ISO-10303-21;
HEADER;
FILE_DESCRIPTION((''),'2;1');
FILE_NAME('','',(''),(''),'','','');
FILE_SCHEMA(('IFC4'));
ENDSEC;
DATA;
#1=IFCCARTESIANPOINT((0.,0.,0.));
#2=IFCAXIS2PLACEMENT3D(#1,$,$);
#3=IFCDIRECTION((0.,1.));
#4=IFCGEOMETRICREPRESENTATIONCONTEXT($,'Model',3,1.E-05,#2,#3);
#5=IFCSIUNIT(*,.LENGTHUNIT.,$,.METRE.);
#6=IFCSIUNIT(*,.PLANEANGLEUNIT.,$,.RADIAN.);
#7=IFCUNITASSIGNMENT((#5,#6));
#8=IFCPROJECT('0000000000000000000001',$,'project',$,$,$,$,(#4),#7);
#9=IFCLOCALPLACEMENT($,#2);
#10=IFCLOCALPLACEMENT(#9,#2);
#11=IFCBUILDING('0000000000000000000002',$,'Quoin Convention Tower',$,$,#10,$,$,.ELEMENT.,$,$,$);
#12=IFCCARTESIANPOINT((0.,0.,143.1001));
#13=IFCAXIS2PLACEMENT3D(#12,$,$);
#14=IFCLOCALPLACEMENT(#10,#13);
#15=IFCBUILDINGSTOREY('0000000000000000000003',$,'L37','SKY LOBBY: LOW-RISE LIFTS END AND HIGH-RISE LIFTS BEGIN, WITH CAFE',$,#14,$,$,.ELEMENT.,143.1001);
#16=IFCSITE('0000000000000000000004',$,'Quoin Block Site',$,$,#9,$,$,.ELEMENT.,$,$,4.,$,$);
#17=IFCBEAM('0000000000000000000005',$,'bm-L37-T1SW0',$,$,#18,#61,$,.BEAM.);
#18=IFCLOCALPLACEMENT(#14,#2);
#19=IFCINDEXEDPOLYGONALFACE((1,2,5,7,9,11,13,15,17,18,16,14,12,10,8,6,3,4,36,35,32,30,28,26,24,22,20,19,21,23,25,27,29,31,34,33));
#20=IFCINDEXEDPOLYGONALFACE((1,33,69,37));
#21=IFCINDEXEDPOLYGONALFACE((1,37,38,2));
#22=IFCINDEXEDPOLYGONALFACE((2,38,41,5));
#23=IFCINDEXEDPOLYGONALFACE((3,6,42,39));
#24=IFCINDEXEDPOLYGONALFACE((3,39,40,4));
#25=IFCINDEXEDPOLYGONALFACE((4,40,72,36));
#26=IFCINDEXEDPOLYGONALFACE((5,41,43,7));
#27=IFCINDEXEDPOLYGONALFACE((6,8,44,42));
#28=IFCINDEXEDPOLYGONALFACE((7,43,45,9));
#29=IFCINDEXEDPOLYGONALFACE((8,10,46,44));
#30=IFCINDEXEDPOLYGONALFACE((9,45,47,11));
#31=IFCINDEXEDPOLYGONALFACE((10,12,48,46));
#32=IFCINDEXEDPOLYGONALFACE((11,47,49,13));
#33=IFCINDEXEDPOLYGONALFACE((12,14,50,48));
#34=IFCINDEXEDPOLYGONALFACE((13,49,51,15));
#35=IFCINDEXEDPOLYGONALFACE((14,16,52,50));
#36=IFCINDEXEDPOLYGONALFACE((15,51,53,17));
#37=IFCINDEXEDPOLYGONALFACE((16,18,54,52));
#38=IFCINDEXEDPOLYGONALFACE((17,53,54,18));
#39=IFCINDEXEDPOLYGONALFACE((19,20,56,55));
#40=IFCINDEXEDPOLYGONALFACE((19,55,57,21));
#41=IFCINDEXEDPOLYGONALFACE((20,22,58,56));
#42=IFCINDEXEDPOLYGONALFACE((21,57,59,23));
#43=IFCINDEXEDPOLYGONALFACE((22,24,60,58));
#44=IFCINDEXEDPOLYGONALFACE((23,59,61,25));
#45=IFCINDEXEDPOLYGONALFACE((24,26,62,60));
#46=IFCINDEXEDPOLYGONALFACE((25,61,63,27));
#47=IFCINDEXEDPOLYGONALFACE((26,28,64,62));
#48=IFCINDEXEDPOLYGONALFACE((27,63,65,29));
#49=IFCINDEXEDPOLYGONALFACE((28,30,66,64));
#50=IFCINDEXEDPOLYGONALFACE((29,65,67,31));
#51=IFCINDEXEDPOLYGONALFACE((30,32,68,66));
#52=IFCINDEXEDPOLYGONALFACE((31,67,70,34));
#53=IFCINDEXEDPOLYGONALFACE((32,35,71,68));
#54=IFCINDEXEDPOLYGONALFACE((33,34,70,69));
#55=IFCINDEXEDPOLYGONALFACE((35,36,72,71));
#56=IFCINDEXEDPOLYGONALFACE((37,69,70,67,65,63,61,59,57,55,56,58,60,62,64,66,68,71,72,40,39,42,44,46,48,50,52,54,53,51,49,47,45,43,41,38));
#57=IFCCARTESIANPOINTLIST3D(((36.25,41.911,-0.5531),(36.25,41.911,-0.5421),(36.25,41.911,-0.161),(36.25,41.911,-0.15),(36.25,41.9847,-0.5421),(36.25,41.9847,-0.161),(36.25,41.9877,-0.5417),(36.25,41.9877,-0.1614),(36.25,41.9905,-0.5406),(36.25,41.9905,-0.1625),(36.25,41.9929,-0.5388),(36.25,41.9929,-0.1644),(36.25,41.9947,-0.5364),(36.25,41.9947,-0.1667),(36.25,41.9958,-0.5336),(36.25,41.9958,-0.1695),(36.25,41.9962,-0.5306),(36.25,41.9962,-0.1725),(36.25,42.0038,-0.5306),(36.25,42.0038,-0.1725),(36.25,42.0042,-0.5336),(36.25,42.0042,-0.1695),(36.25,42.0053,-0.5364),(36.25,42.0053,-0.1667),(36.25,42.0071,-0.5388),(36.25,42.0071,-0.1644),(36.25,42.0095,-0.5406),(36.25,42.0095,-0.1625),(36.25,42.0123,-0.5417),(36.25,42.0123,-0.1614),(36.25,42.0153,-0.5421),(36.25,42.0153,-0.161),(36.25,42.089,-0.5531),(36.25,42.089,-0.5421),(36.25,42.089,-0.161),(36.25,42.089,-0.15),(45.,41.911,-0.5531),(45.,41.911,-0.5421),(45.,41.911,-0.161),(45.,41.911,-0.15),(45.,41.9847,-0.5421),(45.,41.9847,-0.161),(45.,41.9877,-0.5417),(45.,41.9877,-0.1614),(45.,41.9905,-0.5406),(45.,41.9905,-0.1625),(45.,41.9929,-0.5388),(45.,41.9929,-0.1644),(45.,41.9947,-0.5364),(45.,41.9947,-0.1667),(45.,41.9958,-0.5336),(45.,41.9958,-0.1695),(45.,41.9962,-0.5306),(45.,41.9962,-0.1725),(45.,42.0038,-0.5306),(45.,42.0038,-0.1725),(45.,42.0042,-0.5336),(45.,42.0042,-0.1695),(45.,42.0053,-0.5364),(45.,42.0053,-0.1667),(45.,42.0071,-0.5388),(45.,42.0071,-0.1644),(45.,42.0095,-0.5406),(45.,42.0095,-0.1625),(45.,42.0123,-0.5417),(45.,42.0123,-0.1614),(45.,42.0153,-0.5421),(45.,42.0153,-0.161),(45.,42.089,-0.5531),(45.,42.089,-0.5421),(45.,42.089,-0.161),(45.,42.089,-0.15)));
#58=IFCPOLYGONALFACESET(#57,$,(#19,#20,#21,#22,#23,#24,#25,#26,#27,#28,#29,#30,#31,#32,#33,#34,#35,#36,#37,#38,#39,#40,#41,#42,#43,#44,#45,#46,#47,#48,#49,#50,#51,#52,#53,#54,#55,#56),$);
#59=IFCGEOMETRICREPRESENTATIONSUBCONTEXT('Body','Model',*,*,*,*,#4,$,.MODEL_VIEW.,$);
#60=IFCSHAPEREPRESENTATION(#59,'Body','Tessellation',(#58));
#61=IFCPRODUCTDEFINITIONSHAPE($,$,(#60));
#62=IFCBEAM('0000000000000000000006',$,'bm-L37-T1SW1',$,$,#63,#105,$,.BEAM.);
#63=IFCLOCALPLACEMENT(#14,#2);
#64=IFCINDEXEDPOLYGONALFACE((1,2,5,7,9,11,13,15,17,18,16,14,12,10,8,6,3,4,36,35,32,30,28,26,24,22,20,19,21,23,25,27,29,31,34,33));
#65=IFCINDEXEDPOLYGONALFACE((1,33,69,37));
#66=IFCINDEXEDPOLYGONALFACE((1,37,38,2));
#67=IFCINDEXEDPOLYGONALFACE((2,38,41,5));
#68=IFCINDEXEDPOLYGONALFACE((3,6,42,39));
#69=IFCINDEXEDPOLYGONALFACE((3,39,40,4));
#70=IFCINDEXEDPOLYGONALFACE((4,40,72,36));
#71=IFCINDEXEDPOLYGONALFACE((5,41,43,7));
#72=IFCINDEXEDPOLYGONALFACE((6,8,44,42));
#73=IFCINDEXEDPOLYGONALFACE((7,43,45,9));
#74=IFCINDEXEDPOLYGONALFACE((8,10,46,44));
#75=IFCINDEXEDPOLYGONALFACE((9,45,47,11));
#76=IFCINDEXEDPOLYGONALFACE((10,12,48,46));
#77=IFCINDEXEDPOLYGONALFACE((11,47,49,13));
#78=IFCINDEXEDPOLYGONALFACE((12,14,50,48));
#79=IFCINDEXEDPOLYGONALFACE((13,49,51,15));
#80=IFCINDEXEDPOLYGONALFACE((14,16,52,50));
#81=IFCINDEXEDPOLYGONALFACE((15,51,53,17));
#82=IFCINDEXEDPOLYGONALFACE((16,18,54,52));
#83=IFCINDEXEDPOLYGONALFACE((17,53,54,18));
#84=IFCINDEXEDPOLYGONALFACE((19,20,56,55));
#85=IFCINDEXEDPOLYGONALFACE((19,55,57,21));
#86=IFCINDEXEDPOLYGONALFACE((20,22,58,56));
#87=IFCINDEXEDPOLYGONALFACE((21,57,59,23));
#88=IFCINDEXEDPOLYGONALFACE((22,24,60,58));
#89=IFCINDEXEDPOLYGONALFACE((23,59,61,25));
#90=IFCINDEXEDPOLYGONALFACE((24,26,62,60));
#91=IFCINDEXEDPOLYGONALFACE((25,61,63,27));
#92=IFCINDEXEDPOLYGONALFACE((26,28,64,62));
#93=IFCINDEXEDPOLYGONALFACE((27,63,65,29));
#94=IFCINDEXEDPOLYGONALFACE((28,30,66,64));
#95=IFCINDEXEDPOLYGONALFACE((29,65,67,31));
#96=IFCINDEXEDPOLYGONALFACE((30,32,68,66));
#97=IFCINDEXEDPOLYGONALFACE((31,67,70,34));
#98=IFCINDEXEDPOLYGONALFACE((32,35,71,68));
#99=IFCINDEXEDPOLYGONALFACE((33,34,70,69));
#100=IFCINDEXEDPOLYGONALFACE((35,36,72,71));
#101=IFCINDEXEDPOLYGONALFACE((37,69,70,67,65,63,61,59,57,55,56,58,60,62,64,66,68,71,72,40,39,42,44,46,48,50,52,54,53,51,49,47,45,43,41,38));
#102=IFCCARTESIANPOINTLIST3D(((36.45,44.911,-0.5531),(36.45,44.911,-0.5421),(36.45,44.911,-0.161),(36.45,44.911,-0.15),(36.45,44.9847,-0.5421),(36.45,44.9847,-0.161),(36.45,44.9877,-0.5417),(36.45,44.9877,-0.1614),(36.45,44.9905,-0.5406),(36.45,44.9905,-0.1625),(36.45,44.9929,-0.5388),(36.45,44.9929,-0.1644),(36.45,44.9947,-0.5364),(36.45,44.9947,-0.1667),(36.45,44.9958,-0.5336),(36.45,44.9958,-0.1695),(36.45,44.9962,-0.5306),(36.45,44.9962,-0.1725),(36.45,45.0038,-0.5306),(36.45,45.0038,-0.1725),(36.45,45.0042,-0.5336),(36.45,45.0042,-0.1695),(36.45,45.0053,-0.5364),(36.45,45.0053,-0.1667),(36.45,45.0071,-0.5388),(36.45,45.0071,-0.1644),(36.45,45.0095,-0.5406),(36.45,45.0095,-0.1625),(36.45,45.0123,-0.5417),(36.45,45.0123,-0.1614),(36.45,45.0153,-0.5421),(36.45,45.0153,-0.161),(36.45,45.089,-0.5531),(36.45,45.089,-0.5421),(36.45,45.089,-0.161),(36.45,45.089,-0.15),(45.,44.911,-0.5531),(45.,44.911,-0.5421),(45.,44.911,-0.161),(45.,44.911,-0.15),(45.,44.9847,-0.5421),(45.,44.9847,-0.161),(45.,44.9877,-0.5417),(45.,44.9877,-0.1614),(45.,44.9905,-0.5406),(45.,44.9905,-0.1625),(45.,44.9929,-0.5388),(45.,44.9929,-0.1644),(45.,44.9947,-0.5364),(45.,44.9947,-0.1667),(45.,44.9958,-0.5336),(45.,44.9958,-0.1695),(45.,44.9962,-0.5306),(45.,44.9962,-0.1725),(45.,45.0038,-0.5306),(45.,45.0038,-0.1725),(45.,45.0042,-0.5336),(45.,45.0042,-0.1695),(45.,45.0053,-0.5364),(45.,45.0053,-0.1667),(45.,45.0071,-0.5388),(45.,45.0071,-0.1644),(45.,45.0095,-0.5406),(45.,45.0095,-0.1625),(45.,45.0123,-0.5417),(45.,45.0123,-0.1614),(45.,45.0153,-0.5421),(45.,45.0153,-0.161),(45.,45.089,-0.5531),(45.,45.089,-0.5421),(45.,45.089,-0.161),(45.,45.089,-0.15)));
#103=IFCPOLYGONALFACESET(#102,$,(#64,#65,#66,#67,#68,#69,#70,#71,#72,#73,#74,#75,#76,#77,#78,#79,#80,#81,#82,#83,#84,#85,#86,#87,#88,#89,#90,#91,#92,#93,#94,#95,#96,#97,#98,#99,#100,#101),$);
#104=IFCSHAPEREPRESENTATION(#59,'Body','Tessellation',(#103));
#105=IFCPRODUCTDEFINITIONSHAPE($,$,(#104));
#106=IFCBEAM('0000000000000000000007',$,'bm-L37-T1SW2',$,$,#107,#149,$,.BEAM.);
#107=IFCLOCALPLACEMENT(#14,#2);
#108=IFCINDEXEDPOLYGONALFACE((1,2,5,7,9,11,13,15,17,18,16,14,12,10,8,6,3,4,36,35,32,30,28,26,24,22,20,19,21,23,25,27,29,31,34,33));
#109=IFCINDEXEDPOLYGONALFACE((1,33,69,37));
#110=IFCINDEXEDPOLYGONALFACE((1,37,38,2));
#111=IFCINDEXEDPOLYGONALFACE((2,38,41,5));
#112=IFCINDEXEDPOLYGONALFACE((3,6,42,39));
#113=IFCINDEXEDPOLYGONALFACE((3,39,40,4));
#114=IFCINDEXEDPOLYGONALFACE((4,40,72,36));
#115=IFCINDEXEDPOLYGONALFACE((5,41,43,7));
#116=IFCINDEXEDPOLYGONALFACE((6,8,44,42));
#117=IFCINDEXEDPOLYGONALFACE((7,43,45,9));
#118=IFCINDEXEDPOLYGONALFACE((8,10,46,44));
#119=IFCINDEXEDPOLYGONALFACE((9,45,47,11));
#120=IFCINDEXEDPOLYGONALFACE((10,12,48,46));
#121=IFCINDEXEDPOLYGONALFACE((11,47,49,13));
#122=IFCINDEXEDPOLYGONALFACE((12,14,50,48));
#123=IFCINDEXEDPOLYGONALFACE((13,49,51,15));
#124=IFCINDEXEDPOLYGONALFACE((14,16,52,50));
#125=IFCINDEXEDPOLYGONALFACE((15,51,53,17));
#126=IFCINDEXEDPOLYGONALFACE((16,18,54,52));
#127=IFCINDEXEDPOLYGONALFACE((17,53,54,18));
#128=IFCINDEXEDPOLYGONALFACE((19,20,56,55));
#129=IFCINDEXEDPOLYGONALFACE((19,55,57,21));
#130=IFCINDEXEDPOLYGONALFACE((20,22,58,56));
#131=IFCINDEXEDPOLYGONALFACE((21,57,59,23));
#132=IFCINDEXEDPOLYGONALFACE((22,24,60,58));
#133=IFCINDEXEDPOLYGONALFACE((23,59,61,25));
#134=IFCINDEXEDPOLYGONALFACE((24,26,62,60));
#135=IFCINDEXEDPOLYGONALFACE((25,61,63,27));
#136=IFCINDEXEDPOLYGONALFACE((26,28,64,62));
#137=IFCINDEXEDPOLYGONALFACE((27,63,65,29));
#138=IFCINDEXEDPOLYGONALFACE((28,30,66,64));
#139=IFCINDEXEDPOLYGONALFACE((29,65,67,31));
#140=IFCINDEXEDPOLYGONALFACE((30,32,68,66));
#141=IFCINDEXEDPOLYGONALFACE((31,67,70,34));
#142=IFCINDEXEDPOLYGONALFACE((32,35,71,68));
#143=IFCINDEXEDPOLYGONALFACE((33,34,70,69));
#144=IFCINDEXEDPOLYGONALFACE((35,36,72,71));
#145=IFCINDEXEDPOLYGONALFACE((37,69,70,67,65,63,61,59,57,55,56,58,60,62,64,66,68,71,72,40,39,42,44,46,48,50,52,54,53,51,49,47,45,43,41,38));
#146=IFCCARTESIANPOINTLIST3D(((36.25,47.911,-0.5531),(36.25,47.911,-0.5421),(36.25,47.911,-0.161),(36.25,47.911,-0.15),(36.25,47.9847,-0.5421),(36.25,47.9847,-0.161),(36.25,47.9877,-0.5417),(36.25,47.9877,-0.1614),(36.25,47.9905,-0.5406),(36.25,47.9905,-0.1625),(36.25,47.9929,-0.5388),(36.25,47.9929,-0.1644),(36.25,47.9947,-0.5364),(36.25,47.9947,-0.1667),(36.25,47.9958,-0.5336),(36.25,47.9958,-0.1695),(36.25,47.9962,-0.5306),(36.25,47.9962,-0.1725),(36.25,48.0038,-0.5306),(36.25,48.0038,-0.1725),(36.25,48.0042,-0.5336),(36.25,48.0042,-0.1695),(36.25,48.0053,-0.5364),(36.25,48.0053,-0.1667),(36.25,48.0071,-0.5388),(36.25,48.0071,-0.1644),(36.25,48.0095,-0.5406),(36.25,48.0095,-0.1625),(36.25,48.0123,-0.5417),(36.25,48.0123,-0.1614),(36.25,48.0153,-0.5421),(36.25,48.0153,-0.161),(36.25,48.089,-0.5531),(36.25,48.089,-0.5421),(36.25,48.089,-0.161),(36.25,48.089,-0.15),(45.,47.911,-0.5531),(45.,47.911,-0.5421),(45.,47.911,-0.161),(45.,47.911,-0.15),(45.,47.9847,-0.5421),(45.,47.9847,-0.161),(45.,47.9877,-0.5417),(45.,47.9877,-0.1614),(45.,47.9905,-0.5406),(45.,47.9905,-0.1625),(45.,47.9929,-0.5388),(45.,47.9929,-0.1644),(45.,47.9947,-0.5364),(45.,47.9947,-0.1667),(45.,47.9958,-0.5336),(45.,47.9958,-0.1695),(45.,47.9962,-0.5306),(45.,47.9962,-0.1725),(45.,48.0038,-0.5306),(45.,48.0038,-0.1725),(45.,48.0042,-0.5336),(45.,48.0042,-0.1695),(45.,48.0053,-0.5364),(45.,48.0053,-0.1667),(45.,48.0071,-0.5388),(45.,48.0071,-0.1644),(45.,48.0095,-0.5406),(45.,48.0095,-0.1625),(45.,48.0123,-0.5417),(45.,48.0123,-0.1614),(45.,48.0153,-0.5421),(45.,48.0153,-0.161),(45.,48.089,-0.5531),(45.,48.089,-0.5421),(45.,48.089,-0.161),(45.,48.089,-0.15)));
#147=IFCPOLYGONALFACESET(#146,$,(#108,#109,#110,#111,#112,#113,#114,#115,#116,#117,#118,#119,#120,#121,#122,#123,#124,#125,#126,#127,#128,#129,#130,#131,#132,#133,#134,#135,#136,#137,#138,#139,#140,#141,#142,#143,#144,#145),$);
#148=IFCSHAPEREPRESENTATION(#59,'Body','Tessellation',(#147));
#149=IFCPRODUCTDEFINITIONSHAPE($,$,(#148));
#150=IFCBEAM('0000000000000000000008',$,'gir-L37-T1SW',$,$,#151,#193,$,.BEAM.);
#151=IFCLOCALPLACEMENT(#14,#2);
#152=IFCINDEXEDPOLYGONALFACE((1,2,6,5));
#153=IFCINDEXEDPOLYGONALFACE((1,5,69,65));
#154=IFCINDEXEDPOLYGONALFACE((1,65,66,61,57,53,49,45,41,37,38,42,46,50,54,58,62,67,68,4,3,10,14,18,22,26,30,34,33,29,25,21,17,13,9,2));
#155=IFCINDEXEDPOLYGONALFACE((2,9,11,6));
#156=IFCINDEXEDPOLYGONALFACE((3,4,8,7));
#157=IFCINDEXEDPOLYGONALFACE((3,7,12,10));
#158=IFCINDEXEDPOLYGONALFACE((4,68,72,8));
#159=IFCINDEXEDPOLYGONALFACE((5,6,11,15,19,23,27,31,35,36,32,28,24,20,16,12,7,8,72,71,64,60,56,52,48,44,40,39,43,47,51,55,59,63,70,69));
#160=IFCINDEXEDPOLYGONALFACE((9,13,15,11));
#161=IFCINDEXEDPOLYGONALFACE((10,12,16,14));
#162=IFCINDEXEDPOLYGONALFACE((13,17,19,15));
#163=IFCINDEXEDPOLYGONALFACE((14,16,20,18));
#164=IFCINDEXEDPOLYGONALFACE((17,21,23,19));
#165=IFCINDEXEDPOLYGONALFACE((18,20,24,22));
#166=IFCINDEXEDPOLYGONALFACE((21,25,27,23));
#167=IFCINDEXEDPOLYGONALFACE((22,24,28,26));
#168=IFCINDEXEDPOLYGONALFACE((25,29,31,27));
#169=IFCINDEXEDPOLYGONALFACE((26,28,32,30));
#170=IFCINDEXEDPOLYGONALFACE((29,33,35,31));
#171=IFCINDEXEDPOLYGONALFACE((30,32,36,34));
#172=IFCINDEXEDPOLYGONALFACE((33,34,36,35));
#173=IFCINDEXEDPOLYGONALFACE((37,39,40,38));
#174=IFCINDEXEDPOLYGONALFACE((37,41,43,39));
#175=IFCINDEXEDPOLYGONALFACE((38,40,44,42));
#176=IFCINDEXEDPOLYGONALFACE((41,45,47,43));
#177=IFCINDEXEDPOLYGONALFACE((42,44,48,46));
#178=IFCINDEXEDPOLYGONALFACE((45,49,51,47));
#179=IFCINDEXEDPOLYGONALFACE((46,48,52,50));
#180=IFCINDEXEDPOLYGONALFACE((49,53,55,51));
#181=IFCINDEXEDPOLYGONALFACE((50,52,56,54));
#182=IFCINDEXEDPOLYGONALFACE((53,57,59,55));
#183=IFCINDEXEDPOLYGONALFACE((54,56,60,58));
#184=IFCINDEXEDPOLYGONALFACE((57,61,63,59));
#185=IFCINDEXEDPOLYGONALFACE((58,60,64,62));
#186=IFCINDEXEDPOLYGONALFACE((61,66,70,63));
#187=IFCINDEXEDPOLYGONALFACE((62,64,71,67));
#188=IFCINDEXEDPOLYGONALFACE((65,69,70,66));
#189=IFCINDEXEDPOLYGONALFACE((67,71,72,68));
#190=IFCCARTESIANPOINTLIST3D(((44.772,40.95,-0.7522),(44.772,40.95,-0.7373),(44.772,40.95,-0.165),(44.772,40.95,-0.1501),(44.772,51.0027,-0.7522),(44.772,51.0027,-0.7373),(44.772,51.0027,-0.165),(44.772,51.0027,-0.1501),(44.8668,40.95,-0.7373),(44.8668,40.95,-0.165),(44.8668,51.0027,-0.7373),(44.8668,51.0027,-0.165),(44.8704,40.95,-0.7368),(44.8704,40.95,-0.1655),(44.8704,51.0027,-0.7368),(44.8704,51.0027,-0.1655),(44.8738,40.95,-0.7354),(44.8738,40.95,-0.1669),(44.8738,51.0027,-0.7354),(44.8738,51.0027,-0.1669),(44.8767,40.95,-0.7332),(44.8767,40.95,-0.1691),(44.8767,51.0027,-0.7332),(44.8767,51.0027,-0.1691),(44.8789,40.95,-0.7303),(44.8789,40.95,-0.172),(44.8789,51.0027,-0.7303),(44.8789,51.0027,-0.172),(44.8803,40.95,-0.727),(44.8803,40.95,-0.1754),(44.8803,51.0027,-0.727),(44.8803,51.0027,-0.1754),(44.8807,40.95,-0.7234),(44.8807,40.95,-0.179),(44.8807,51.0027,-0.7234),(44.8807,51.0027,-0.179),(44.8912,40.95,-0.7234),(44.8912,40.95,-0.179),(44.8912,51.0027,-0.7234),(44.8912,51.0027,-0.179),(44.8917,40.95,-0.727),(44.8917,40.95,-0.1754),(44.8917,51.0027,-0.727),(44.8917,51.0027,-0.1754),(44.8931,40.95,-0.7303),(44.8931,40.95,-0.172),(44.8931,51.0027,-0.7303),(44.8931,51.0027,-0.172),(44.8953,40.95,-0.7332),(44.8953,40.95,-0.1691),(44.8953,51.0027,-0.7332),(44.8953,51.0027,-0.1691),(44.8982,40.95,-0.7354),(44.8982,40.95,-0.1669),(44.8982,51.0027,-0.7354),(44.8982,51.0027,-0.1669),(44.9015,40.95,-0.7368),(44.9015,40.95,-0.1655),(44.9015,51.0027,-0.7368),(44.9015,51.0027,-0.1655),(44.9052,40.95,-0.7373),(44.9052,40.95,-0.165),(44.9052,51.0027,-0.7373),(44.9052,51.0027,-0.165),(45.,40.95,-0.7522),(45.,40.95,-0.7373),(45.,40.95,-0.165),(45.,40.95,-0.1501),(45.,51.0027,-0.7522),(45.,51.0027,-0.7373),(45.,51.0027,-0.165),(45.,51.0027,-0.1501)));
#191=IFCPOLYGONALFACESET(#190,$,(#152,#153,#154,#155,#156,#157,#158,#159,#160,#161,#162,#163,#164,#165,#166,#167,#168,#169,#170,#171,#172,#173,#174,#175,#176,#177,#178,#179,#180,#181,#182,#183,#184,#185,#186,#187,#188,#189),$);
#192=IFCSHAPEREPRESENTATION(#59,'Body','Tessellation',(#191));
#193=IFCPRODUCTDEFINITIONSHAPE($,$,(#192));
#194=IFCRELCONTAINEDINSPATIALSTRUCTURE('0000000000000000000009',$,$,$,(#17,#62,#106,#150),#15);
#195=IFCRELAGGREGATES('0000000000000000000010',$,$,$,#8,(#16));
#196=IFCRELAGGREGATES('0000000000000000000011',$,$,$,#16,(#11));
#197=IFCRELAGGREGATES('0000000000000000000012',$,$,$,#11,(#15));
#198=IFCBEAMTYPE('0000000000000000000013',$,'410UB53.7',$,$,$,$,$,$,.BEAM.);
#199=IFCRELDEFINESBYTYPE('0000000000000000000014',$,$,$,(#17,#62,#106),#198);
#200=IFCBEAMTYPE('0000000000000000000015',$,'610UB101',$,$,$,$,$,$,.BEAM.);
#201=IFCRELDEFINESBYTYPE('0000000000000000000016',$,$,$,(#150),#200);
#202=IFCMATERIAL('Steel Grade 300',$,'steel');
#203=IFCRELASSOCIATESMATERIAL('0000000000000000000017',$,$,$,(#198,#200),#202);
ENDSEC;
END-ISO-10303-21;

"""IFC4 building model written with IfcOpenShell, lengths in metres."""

from ifc_helpers import new_model, si_unit, direction, frame, origin, origin_2d, place, context, subcontext, project, spatial, i_section, extrude, material, material_profile, profile_set, type_object, element, save


model = new_model("IFC4")

# Units and contexts
model_context = context("Model", 3, precision=1e-05, world=origin(), true_north=direction((0.0, 1.0)))
body_context = subcontext(model_context, "Body", "Model", "MODEL_VIEW")
ifc_project = project(units=[si_unit("LENGTHUNIT", "METRE"), si_unit("PLANEANGLEUNIT", "RADIAN")], contexts=[model_context])

# Site, building, storey
site_placement = place(None, origin())
site = spatial("IfcSite", under=ifc_project, at=site_placement, Name="Quoin Block Site", CompositionType="ELEMENT", RefElevation=4.0)
building_placement = place(site_placement, origin())
building = spatial("IfcBuilding", under=site, at=building_placement, Name="Quoin Convention Tower", CompositionType="ELEMENT")
storey_placement = place(building_placement, frame((0.0, 0.0, 143.1001)))
storey = spatial("IfcBuildingStorey", under=building, at=storey_placement, Name="L37", Description="SKY LOBBY: LOW-RISE LIFTS END AND HIGH-RISE LIFTS BEGIN, WITH CAFE", CompositionType="ELEMENT", Elevation=143.1001)

# Beams
ifc_material_1 = material(Name="Steel Grade 300", Category="steel")
ifc_material_profile_1 = material_profile(ifc_material_1, i_section(OverallWidth=0.178, OverallDepth=0.4031, WebThickness=0.0076, FlangeThickness=0.011, FilletRadius=0.0115, at=origin_2d()), Name="410UB53.7")
ifc_profile_set_1 = profile_set([ifc_material_profile_1], Name="Steel Grade 300")
beam_type_1 = type_object("IfcBeamType", Name="410UB53.7", PredefinedType="BEAM", material=ifc_profile_set_1)
beam_1_placement = place(storey_placement, frame((36.25, 42.0, -0.3516), z_axis=(1.0, 0.0, 0.0), x_axis=(0.0, 1.0, 0.0)))
element("IfcBeam", 1, at=beam_1_placement, inside=storey, type_object=beam_type_1, Name="bm-L37-T1SW0", PredefinedType="BEAM", context=body_context, shape_type="SweptSolid", body=[
    extrude(i_section(OverallWidth=0.178, OverallDepth=0.4031, WebThickness=0.0076, FlangeThickness=0.011, FilletRadius=0.0115, at=origin_2d()), origin(), (0.0, 0.0, 1.0), 8.75),
])
beam_2_placement = place(storey_placement, frame((36.45, 45.0, -0.3516), z_axis=(1.0, 0.0, 0.0), x_axis=(0.0, 1.0, 0.0)))
element("IfcBeam", 2, at=beam_2_placement, inside=storey, type_object=beam_type_1, Name="bm-L37-T1SW1", PredefinedType="BEAM", context=body_context, shape_type="SweptSolid", body=[
    extrude(i_section(OverallWidth=0.178, OverallDepth=0.4031, WebThickness=0.0076, FlangeThickness=0.011, FilletRadius=0.0115, at=origin_2d()), origin(), (0.0, 0.0, 1.0), 8.55),
])
beam_3_placement = place(storey_placement, frame((36.25, 48.0, -0.3516), z_axis=(1.0, 0.0, 0.0), x_axis=(0.0, 1.0, 0.0)))
element("IfcBeam", 3, at=beam_3_placement, inside=storey, type_object=beam_type_1, Name="bm-L37-T1SW2", PredefinedType="BEAM", context=body_context, shape_type="SweptSolid", body=[
    extrude(i_section(OverallWidth=0.178, OverallDepth=0.4031, WebThickness=0.0076, FlangeThickness=0.011, FilletRadius=0.0115, at=origin_2d()), origin(), (0.0, 0.0, 1.0), 8.75),
])
ifc_material_profile_2 = material_profile(ifc_material_1, i_section(OverallWidth=0.228, OverallDepth=0.6021, WebThickness=0.0105, FlangeThickness=0.0149, FilletRadius=0.0139, at=origin_2d()), Name="610UB101")
ifc_profile_set_2 = profile_set([ifc_material_profile_2], Name="Steel Grade 300")
beam_type_2 = type_object("IfcBeamType", Name="610UB101", PredefinedType="BEAM", material=ifc_profile_set_2)
beam_4_placement = place(storey_placement, frame((44.886, 40.95, -0.4512), z_axis=(0.0, 1.0, 0.0), x_axis=(-1.0, 0.0, 0.0)))
element("IfcBeam", 4, at=beam_4_placement, inside=storey, type_object=beam_type_2, Name="gir-L37-T1SW", PredefinedType="BEAM", context=body_context, shape_type="SweptSolid", body=[
    extrude(i_section(OverallWidth=0.228, OverallDepth=0.6021, WebThickness=0.0105, FlangeThickness=0.0149, FilletRadius=0.0139, at=origin_2d()), origin(), (0.0, 0.0, 1.0), 10.0527),
])

save(model, "model.ifc")
